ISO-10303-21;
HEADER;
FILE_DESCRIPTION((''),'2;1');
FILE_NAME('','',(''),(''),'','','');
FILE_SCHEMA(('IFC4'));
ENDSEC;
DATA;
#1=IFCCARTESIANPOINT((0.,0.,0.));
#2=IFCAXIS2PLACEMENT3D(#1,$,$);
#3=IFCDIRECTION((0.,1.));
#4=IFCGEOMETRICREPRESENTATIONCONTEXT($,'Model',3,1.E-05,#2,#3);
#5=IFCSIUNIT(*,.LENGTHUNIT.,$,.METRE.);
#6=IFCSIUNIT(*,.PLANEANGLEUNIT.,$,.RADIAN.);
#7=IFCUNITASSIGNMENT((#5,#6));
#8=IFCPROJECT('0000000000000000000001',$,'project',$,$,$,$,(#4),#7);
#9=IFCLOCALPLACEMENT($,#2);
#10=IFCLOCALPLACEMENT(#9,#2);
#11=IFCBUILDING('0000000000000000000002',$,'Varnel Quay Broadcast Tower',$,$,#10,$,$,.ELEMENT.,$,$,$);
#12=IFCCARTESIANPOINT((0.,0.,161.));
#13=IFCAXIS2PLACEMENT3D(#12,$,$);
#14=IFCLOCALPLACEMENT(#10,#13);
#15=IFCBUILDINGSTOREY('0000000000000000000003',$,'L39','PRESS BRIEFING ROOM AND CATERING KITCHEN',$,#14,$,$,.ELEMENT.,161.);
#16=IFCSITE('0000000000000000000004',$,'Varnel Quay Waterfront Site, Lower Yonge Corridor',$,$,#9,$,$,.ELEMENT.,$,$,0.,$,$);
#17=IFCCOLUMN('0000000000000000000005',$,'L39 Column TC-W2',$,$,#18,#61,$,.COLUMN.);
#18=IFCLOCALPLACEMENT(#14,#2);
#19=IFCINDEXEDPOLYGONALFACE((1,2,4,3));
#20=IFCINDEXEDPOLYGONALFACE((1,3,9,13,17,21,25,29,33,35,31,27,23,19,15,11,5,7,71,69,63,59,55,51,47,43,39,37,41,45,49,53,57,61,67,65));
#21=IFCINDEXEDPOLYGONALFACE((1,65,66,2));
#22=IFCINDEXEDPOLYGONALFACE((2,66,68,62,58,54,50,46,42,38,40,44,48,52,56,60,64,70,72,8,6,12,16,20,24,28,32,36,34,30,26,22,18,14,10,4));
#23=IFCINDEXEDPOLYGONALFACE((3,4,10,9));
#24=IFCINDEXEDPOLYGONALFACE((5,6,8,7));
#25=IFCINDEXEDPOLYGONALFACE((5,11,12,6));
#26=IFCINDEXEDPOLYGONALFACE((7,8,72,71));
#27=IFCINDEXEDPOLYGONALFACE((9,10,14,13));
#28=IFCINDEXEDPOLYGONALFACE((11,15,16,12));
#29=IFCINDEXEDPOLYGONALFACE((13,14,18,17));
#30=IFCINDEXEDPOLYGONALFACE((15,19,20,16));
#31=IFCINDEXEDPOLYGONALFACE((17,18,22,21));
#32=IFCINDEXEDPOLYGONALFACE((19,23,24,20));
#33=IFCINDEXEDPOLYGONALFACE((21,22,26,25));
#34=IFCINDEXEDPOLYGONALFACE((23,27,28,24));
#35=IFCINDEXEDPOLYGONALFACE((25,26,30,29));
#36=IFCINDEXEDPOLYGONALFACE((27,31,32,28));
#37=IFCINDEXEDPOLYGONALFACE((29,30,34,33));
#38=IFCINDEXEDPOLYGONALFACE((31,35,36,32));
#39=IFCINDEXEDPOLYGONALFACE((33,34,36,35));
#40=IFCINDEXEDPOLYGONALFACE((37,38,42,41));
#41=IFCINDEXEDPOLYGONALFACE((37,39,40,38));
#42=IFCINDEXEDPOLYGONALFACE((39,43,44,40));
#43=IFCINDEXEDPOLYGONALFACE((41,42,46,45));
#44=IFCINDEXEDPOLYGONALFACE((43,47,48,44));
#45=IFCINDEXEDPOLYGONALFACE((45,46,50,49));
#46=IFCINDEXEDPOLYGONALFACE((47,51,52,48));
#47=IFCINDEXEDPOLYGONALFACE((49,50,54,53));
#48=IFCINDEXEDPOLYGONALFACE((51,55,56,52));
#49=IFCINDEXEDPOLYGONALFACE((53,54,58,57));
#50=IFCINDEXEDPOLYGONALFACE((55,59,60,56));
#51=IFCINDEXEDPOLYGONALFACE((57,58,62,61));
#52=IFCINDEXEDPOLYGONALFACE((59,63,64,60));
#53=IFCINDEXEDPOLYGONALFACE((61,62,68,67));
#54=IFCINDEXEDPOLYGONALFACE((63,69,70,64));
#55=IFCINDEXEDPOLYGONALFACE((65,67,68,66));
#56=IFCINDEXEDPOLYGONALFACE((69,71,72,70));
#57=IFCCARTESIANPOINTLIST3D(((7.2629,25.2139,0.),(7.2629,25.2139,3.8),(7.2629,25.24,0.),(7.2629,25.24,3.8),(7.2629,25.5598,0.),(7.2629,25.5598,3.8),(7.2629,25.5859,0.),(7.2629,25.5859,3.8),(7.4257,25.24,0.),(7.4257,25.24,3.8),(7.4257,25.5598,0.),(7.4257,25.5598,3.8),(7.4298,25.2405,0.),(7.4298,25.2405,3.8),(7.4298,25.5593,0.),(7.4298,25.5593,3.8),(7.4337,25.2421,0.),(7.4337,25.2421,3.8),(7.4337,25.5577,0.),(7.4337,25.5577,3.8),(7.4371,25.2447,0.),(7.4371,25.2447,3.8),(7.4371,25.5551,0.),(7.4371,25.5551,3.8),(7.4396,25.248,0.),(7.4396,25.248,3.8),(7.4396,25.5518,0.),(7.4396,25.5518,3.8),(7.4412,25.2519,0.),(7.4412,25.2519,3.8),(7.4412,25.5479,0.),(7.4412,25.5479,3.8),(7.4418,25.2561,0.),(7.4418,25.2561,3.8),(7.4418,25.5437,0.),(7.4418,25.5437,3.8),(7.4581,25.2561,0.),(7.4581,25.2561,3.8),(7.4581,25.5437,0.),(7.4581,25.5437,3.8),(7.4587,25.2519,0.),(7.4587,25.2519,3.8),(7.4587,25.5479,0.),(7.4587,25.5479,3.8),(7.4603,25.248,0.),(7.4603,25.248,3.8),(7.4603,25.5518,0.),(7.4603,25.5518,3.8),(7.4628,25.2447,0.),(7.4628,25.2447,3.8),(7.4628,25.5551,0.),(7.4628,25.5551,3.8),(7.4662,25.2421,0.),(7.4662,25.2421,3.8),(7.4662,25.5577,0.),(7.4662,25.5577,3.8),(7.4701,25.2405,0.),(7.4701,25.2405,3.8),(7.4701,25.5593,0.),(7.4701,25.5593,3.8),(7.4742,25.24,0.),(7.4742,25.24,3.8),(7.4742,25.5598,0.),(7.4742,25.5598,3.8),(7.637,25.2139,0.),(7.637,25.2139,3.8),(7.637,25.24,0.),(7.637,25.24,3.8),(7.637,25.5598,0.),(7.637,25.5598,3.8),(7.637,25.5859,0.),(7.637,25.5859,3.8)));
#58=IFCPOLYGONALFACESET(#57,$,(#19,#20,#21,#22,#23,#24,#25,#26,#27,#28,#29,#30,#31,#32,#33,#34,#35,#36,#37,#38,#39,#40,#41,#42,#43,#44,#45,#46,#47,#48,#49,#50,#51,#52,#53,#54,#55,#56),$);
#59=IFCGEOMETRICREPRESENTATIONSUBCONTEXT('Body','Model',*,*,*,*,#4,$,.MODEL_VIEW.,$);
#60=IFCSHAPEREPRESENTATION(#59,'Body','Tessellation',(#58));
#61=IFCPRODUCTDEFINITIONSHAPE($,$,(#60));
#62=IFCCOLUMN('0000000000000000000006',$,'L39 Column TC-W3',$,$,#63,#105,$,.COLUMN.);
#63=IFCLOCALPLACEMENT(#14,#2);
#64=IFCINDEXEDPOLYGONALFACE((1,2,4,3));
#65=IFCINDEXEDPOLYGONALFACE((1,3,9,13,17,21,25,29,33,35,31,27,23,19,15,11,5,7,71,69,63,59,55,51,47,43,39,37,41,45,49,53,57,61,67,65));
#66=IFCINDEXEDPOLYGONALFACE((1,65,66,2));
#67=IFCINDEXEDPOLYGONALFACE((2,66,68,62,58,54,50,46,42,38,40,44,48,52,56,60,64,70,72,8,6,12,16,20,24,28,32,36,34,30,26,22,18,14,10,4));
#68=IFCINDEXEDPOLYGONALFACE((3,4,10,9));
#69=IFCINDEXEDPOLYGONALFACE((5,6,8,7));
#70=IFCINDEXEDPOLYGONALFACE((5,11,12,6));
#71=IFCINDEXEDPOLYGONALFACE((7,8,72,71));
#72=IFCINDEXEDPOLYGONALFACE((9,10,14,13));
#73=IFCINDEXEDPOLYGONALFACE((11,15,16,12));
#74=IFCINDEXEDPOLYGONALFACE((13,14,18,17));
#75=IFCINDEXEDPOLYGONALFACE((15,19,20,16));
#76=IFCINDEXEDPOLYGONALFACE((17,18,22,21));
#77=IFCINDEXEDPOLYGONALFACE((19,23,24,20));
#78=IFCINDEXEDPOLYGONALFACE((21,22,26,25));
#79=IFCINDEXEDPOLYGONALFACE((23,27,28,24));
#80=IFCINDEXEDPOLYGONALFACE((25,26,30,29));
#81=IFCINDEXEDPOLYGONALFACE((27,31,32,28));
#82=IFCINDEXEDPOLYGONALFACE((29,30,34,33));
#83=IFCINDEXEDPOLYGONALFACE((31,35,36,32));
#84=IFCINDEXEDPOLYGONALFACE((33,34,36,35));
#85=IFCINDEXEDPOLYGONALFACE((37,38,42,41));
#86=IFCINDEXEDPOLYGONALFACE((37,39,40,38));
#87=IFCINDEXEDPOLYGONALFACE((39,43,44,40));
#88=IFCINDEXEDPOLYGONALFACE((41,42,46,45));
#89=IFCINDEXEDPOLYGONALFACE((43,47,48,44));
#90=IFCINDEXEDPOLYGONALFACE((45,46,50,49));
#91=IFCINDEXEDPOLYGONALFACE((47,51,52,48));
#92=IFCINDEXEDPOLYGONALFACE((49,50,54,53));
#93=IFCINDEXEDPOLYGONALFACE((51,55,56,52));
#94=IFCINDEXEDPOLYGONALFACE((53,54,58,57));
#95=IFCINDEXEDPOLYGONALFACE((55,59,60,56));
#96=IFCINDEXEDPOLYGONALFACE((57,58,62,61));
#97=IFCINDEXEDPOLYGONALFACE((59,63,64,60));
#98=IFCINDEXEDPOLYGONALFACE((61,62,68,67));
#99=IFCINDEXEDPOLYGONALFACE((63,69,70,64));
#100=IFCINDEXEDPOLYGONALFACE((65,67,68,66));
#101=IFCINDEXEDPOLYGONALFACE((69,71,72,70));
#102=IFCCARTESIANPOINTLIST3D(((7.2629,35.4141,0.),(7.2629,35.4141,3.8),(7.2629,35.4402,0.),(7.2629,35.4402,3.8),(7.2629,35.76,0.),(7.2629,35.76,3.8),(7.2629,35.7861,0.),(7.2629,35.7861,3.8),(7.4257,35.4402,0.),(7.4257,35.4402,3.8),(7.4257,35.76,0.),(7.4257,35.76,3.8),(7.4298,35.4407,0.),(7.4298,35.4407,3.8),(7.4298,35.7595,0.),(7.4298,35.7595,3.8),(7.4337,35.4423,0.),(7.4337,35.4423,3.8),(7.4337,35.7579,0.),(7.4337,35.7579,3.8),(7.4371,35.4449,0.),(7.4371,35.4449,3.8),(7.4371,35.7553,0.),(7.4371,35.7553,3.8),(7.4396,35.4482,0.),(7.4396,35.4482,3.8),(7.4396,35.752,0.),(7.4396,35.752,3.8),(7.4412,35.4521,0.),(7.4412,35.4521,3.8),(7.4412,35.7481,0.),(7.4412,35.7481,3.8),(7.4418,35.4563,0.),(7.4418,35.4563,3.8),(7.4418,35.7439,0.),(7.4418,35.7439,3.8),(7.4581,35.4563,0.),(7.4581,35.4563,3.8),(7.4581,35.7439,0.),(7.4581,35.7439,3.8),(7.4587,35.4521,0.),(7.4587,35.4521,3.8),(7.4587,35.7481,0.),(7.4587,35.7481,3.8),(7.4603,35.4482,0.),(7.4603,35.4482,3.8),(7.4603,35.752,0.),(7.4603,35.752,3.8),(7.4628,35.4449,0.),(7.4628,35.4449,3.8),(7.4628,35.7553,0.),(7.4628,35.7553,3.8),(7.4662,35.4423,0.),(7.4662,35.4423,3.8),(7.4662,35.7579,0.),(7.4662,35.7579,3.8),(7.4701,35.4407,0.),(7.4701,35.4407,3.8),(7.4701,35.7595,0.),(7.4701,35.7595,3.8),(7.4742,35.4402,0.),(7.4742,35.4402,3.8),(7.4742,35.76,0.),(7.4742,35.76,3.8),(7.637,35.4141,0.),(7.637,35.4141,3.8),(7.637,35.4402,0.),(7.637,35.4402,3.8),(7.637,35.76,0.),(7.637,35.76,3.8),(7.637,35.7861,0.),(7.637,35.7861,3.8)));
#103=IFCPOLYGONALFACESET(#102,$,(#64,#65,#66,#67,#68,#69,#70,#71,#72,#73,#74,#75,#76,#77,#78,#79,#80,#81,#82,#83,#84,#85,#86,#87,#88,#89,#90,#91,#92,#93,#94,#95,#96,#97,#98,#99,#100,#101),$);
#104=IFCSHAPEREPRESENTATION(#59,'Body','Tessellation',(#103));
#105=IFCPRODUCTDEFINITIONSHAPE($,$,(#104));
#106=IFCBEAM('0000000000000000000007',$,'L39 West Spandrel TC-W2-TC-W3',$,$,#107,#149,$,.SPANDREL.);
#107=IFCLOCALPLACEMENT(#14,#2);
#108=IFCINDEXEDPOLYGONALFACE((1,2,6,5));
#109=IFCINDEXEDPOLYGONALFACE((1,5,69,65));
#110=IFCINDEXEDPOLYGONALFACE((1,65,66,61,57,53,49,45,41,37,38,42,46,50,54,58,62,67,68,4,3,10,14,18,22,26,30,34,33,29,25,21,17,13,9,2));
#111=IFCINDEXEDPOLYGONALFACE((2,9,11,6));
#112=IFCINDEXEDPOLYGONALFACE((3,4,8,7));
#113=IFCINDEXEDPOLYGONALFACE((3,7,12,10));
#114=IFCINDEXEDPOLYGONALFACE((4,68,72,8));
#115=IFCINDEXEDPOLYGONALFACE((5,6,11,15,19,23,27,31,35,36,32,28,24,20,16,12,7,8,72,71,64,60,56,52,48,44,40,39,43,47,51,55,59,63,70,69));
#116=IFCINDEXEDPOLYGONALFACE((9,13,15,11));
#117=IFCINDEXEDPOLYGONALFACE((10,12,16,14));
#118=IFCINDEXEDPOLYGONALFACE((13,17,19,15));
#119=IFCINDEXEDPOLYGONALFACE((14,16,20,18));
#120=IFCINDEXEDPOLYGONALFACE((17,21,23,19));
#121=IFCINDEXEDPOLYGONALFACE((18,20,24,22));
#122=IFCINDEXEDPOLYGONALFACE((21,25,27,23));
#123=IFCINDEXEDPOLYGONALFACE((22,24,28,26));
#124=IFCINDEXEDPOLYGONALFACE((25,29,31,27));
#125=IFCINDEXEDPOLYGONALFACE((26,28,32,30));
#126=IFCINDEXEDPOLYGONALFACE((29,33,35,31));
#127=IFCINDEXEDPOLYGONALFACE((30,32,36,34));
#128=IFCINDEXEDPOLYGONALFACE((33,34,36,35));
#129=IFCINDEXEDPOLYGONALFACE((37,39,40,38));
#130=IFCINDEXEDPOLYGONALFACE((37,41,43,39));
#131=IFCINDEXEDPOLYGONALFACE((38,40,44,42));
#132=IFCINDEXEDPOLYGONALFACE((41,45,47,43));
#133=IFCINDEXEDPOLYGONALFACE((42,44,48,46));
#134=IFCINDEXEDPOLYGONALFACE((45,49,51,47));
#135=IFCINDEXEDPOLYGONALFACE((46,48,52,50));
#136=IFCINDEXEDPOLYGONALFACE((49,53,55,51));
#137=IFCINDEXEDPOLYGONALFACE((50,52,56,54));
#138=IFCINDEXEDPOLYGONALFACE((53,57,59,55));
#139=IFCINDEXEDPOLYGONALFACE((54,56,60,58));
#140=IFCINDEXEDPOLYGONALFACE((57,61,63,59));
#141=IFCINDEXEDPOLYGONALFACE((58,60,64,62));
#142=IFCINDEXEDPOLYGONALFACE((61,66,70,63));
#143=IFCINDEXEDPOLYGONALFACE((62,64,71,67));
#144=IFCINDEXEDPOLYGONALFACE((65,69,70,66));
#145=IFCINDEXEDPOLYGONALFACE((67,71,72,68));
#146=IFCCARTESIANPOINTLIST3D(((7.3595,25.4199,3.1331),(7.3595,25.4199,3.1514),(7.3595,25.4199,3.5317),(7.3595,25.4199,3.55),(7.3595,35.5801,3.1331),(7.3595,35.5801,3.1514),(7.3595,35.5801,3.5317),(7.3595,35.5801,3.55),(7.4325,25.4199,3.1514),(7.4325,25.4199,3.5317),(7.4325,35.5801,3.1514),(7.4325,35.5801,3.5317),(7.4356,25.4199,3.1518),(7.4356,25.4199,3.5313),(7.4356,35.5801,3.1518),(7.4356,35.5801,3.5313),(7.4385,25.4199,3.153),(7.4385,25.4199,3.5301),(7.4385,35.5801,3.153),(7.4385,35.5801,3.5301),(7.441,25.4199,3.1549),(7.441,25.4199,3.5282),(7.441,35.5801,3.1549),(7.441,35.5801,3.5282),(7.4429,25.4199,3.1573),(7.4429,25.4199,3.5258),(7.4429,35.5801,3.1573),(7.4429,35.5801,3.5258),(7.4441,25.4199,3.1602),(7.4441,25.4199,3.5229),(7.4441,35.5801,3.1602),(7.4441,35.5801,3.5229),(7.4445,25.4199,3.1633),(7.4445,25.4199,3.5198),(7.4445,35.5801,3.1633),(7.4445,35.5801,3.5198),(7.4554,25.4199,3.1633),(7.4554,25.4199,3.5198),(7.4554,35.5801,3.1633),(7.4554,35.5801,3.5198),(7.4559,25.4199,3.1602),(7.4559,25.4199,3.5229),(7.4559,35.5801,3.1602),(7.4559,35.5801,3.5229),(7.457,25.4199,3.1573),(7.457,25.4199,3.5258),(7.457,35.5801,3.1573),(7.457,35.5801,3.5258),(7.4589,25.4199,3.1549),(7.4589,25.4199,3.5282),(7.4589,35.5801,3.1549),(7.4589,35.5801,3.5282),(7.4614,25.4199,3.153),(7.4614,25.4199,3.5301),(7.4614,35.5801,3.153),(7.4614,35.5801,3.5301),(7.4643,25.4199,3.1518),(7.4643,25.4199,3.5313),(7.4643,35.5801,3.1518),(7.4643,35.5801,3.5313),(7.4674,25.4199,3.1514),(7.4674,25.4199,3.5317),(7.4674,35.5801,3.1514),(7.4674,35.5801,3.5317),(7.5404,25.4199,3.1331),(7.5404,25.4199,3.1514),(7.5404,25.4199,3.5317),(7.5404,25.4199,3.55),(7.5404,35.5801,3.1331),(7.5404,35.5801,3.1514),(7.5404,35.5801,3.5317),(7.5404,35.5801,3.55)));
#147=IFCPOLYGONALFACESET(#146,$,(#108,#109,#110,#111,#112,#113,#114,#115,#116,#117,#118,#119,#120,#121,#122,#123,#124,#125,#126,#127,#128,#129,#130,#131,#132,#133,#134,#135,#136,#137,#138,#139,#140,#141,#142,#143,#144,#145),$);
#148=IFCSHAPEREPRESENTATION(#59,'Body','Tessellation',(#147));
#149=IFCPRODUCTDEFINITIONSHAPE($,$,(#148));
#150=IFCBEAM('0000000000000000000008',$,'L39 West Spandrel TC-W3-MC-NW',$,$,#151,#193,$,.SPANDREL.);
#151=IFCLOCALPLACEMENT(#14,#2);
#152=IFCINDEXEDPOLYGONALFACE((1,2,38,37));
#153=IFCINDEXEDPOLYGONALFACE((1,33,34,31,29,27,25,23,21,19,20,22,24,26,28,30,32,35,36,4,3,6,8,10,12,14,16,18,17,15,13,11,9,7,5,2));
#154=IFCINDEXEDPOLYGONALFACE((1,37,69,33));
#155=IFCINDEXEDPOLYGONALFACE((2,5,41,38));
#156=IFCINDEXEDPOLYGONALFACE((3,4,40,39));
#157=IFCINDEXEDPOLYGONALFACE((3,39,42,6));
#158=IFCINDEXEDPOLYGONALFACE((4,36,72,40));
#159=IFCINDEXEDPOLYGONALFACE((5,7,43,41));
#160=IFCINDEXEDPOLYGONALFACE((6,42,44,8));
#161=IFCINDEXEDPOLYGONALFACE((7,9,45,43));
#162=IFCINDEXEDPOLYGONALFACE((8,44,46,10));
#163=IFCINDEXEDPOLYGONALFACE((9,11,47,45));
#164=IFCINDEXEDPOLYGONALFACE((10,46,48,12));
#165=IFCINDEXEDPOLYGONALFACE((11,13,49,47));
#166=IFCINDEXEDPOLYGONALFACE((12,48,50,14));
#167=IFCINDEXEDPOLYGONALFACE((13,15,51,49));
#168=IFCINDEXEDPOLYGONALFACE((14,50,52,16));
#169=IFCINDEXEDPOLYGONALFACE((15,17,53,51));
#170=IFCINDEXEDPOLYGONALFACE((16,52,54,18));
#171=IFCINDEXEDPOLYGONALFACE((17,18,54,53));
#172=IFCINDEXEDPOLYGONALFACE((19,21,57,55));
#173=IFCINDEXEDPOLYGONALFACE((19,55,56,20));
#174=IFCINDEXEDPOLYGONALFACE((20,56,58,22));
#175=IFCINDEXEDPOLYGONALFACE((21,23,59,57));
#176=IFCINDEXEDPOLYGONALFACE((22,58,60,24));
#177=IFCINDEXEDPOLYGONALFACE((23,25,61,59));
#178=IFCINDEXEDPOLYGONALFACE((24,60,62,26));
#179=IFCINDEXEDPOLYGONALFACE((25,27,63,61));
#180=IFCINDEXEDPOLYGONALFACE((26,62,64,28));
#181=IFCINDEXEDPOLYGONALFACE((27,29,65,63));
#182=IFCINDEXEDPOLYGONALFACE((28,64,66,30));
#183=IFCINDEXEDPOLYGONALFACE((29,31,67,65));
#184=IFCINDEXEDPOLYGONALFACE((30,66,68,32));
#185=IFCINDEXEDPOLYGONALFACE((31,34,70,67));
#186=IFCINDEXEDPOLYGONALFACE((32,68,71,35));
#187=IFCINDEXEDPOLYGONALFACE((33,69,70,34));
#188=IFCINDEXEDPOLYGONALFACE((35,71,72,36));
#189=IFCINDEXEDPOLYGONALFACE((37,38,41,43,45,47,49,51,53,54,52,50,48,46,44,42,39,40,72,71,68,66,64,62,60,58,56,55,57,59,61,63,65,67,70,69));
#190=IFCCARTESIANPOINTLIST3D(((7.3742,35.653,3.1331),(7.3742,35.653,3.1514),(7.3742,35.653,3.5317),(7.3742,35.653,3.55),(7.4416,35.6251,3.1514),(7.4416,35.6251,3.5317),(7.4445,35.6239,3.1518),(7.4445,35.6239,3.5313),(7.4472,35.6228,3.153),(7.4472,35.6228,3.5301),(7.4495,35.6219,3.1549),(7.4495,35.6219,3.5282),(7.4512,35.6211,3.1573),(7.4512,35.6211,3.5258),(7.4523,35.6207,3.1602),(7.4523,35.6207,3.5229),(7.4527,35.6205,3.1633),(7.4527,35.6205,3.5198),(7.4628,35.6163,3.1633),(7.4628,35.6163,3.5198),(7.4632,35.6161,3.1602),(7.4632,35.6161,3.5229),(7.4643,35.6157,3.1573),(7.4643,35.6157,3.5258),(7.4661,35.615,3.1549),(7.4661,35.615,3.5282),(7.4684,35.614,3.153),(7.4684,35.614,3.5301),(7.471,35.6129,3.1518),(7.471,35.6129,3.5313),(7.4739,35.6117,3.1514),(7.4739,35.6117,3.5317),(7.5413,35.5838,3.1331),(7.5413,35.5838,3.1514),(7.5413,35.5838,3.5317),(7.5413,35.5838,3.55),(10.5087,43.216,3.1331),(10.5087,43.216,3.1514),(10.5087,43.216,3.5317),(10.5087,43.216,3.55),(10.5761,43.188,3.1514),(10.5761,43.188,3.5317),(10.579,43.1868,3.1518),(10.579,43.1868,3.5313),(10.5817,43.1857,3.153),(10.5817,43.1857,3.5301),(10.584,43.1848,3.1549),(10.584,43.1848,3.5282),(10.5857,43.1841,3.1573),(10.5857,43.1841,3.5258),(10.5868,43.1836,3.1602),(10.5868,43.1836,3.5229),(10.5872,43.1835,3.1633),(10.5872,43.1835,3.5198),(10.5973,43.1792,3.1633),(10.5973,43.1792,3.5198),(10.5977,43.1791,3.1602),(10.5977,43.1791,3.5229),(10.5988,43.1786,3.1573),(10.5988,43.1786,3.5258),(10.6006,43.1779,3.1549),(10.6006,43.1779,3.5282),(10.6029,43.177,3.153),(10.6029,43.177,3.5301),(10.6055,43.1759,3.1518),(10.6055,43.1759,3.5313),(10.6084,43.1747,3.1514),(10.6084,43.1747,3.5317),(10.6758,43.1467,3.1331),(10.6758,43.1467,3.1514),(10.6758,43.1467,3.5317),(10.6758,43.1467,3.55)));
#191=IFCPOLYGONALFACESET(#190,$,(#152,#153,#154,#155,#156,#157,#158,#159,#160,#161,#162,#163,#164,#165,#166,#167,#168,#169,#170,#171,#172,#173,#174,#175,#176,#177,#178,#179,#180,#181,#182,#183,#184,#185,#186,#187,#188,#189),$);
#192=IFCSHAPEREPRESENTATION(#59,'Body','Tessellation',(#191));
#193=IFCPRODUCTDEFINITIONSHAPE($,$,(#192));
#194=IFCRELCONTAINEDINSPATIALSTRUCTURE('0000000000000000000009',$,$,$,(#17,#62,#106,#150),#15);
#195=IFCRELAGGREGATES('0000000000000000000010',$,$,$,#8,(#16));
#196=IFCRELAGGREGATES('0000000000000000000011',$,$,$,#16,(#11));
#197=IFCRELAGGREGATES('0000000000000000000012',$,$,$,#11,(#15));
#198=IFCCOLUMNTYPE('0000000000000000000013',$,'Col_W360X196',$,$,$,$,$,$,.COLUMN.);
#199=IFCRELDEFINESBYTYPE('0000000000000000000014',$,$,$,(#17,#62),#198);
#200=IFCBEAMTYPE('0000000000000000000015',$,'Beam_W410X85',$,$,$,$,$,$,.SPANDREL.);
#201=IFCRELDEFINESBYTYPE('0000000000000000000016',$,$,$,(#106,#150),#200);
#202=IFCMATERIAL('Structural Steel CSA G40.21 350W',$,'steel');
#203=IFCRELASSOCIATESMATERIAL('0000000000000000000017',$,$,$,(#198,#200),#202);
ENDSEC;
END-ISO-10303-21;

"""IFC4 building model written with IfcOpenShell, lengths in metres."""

from ifc_helpers import new_model, si_unit, direction, frame, origin, origin_2d, place, context, subcontext, project, spatial, i_section, extrude, source, transform, mapped, material, material_profile, profile_set, type_object, type_shapes, element, save


model = new_model("IFC4")

# Units and contexts
model_context = context("Model", 3, precision=1e-05, world=origin(), true_north=direction((0.0, 1.0)))
body_context = subcontext(model_context, "Body", "Model", "MODEL_VIEW")
ifc_project = project(units=[si_unit("LENGTHUNIT", "METRE"), si_unit("PLANEANGLEUNIT", "RADIAN")], contexts=[model_context])

# Site, building, storey
site_placement = place(None, origin())
site = spatial("IfcSite", under=ifc_project, at=site_placement, Name="Varnel Quay Waterfront Site, Lower Yonge Corridor", CompositionType="ELEMENT", RefElevation=0.0)
building_placement = place(site_placement, origin())
building = spatial("IfcBuilding", under=site, at=building_placement, Name="Varnel Quay Broadcast Tower", CompositionType="ELEMENT")
storey_placement = place(building_placement, frame((0.0, 0.0, 161.0)))
storey = spatial("IfcBuildingStorey", under=building, at=storey_placement, Name="L39", Description="PRESS BRIEFING ROOM AND CATERING KITCHEN", CompositionType="ELEMENT", Elevation=161.0)

# Columns
ifc_material_1 = material(Name="Structural Steel CSA G40.21 350W", Category="steel")
ifc_material_profile_1 = material_profile(ifc_material_1, i_section(OverallWidth=0.374, OverallDepth=0.3721, WebThickness=0.0164, FlangeThickness=0.0261, FilletRadius=0.0161, at=origin_2d()), Name="W360X196")
ifc_profile_set_1 = profile_set([ifc_material_profile_1], Name="Structural Steel CSA G40.21 350W")
column_type = type_object("IfcColumnType", Name="Col_W360X196", PredefinedType="COLUMN", material=ifc_profile_set_1)
shared_shape_1 = source(origin(), body_context, "Body", "SweptSolid", [
    extrude(i_section(OverallWidth=0.374, OverallDepth=0.3721, WebThickness=0.0164, FlangeThickness=0.0261, FilletRadius=0.0161, at=origin_2d()), origin(), (0.0, 0.0, 1.0), 3.8),
])
type_shapes(column_type, [shared_shape_1])
for number, where, z_axis, x_axis, name in (
    (1, (7.45, 25.3999, 0.0), (0.0, 0.0, 1.0), (1.0, 0.0, 0.0), "L39 Column TC-W2"),
    (2, (7.45, 35.6001, 0.0), (0.0, 0.0, 1.0), (1.0, 0.0, 0.0), "L39 Column TC-W3"),
):
    element("IfcColumn", number, at=place(storey_placement, frame(where, z_axis=z_axis, x_axis=x_axis)), inside=storey, type_object=column_type, Name=name, PredefinedType="COLUMN", context=body_context, shape_type="MappedRepresentation", body=[
        mapped(shared_shape_1, transform((0.0, 0.0, 0.0), x_axis=(1.0, 0.0, 0.0), y_axis=(0.0, 1.0, 0.0), z_axis=(0.0, 0.0, 1.0), scale=1.0)),
    ])

# Beams
ifc_material_profile_2 = material_profile(ifc_material_1, i_section(OverallWidth=0.1809, OverallDepth=0.417, WebThickness=0.011, FlangeThickness=0.0183, FilletRadius=0.012, at=origin_2d()), Name="W410X85")
ifc_profile_set_2 = profile_set([ifc_material_profile_2], Name="Structural Steel CSA G40.21 350W")
beam_type_1 = type_object("IfcBeamType", Name="Beam_W410X85", PredefinedType="SPANDREL", material=ifc_profile_set_2)
shared_shape_2 = source(origin(), body_context, "Body", "SweptSolid", [
    extrude(i_section(OverallWidth=0.1809, OverallDepth=0.417, WebThickness=0.011, FlangeThickness=0.0183, FilletRadius=0.012, at=origin_2d()), origin(), (0.0, 0.0, 1.0), 10.1602),
])
beam_1_placement = place(storey_placement, frame((7.45, 25.4199, 3.3416), z_axis=(0.0, 1.0, 0.0), x_axis=(-1.0, 0.0, 0.0)))
element("IfcBeam", 3, at=beam_1_placement, inside=storey, type_object=beam_type_1, Name="L39 West Spandrel TC-W2-TC-W3", PredefinedType="SPANDREL", context=body_context, shape_type="MappedRepresentation", body=[
    mapped(shared_shape_2, transform((0.0, 0.0, 0.0), x_axis=(1.0, 0.0, 0.0), y_axis=(0.0, 1.0, 0.0), z_axis=(0.0, 0.0, 1.0), scale=1.0)),
])
shared_shape_3 = source(origin(), body_context, "Body", "SweptSolid", [
    extrude(i_section(OverallWidth=0.1809, OverallDepth=0.417, WebThickness=0.011, FlangeThickness=0.0183, FilletRadius=0.012, at=origin_2d()), origin(), (0.0, 0.0, 1.0), 8.1868),
])
type_shapes(beam_type_1, [shared_shape_2, shared_shape_3])
beam_2_placement = place(storey_placement, frame((7.4578, 35.6184, 3.3416), z_axis=(0.382874, 0.923801, 0.0), x_axis=(-0.923801, 0.382874, 0.0)))
element("IfcBeam", 4, at=beam_2_placement, inside=storey, type_object=beam_type_1, Name="L39 West Spandrel TC-W3-MC-NW", PredefinedType="SPANDREL", context=body_context, shape_type="MappedRepresentation", body=[
    mapped(shared_shape_3, transform((0.0, 0.0, 0.0), x_axis=(1.0, 0.0, 0.0), y_axis=(0.0, 1.0, 0.0), z_axis=(0.0, 0.0, 1.0), scale=1.0)),
])

save(model, "model.ifc")
